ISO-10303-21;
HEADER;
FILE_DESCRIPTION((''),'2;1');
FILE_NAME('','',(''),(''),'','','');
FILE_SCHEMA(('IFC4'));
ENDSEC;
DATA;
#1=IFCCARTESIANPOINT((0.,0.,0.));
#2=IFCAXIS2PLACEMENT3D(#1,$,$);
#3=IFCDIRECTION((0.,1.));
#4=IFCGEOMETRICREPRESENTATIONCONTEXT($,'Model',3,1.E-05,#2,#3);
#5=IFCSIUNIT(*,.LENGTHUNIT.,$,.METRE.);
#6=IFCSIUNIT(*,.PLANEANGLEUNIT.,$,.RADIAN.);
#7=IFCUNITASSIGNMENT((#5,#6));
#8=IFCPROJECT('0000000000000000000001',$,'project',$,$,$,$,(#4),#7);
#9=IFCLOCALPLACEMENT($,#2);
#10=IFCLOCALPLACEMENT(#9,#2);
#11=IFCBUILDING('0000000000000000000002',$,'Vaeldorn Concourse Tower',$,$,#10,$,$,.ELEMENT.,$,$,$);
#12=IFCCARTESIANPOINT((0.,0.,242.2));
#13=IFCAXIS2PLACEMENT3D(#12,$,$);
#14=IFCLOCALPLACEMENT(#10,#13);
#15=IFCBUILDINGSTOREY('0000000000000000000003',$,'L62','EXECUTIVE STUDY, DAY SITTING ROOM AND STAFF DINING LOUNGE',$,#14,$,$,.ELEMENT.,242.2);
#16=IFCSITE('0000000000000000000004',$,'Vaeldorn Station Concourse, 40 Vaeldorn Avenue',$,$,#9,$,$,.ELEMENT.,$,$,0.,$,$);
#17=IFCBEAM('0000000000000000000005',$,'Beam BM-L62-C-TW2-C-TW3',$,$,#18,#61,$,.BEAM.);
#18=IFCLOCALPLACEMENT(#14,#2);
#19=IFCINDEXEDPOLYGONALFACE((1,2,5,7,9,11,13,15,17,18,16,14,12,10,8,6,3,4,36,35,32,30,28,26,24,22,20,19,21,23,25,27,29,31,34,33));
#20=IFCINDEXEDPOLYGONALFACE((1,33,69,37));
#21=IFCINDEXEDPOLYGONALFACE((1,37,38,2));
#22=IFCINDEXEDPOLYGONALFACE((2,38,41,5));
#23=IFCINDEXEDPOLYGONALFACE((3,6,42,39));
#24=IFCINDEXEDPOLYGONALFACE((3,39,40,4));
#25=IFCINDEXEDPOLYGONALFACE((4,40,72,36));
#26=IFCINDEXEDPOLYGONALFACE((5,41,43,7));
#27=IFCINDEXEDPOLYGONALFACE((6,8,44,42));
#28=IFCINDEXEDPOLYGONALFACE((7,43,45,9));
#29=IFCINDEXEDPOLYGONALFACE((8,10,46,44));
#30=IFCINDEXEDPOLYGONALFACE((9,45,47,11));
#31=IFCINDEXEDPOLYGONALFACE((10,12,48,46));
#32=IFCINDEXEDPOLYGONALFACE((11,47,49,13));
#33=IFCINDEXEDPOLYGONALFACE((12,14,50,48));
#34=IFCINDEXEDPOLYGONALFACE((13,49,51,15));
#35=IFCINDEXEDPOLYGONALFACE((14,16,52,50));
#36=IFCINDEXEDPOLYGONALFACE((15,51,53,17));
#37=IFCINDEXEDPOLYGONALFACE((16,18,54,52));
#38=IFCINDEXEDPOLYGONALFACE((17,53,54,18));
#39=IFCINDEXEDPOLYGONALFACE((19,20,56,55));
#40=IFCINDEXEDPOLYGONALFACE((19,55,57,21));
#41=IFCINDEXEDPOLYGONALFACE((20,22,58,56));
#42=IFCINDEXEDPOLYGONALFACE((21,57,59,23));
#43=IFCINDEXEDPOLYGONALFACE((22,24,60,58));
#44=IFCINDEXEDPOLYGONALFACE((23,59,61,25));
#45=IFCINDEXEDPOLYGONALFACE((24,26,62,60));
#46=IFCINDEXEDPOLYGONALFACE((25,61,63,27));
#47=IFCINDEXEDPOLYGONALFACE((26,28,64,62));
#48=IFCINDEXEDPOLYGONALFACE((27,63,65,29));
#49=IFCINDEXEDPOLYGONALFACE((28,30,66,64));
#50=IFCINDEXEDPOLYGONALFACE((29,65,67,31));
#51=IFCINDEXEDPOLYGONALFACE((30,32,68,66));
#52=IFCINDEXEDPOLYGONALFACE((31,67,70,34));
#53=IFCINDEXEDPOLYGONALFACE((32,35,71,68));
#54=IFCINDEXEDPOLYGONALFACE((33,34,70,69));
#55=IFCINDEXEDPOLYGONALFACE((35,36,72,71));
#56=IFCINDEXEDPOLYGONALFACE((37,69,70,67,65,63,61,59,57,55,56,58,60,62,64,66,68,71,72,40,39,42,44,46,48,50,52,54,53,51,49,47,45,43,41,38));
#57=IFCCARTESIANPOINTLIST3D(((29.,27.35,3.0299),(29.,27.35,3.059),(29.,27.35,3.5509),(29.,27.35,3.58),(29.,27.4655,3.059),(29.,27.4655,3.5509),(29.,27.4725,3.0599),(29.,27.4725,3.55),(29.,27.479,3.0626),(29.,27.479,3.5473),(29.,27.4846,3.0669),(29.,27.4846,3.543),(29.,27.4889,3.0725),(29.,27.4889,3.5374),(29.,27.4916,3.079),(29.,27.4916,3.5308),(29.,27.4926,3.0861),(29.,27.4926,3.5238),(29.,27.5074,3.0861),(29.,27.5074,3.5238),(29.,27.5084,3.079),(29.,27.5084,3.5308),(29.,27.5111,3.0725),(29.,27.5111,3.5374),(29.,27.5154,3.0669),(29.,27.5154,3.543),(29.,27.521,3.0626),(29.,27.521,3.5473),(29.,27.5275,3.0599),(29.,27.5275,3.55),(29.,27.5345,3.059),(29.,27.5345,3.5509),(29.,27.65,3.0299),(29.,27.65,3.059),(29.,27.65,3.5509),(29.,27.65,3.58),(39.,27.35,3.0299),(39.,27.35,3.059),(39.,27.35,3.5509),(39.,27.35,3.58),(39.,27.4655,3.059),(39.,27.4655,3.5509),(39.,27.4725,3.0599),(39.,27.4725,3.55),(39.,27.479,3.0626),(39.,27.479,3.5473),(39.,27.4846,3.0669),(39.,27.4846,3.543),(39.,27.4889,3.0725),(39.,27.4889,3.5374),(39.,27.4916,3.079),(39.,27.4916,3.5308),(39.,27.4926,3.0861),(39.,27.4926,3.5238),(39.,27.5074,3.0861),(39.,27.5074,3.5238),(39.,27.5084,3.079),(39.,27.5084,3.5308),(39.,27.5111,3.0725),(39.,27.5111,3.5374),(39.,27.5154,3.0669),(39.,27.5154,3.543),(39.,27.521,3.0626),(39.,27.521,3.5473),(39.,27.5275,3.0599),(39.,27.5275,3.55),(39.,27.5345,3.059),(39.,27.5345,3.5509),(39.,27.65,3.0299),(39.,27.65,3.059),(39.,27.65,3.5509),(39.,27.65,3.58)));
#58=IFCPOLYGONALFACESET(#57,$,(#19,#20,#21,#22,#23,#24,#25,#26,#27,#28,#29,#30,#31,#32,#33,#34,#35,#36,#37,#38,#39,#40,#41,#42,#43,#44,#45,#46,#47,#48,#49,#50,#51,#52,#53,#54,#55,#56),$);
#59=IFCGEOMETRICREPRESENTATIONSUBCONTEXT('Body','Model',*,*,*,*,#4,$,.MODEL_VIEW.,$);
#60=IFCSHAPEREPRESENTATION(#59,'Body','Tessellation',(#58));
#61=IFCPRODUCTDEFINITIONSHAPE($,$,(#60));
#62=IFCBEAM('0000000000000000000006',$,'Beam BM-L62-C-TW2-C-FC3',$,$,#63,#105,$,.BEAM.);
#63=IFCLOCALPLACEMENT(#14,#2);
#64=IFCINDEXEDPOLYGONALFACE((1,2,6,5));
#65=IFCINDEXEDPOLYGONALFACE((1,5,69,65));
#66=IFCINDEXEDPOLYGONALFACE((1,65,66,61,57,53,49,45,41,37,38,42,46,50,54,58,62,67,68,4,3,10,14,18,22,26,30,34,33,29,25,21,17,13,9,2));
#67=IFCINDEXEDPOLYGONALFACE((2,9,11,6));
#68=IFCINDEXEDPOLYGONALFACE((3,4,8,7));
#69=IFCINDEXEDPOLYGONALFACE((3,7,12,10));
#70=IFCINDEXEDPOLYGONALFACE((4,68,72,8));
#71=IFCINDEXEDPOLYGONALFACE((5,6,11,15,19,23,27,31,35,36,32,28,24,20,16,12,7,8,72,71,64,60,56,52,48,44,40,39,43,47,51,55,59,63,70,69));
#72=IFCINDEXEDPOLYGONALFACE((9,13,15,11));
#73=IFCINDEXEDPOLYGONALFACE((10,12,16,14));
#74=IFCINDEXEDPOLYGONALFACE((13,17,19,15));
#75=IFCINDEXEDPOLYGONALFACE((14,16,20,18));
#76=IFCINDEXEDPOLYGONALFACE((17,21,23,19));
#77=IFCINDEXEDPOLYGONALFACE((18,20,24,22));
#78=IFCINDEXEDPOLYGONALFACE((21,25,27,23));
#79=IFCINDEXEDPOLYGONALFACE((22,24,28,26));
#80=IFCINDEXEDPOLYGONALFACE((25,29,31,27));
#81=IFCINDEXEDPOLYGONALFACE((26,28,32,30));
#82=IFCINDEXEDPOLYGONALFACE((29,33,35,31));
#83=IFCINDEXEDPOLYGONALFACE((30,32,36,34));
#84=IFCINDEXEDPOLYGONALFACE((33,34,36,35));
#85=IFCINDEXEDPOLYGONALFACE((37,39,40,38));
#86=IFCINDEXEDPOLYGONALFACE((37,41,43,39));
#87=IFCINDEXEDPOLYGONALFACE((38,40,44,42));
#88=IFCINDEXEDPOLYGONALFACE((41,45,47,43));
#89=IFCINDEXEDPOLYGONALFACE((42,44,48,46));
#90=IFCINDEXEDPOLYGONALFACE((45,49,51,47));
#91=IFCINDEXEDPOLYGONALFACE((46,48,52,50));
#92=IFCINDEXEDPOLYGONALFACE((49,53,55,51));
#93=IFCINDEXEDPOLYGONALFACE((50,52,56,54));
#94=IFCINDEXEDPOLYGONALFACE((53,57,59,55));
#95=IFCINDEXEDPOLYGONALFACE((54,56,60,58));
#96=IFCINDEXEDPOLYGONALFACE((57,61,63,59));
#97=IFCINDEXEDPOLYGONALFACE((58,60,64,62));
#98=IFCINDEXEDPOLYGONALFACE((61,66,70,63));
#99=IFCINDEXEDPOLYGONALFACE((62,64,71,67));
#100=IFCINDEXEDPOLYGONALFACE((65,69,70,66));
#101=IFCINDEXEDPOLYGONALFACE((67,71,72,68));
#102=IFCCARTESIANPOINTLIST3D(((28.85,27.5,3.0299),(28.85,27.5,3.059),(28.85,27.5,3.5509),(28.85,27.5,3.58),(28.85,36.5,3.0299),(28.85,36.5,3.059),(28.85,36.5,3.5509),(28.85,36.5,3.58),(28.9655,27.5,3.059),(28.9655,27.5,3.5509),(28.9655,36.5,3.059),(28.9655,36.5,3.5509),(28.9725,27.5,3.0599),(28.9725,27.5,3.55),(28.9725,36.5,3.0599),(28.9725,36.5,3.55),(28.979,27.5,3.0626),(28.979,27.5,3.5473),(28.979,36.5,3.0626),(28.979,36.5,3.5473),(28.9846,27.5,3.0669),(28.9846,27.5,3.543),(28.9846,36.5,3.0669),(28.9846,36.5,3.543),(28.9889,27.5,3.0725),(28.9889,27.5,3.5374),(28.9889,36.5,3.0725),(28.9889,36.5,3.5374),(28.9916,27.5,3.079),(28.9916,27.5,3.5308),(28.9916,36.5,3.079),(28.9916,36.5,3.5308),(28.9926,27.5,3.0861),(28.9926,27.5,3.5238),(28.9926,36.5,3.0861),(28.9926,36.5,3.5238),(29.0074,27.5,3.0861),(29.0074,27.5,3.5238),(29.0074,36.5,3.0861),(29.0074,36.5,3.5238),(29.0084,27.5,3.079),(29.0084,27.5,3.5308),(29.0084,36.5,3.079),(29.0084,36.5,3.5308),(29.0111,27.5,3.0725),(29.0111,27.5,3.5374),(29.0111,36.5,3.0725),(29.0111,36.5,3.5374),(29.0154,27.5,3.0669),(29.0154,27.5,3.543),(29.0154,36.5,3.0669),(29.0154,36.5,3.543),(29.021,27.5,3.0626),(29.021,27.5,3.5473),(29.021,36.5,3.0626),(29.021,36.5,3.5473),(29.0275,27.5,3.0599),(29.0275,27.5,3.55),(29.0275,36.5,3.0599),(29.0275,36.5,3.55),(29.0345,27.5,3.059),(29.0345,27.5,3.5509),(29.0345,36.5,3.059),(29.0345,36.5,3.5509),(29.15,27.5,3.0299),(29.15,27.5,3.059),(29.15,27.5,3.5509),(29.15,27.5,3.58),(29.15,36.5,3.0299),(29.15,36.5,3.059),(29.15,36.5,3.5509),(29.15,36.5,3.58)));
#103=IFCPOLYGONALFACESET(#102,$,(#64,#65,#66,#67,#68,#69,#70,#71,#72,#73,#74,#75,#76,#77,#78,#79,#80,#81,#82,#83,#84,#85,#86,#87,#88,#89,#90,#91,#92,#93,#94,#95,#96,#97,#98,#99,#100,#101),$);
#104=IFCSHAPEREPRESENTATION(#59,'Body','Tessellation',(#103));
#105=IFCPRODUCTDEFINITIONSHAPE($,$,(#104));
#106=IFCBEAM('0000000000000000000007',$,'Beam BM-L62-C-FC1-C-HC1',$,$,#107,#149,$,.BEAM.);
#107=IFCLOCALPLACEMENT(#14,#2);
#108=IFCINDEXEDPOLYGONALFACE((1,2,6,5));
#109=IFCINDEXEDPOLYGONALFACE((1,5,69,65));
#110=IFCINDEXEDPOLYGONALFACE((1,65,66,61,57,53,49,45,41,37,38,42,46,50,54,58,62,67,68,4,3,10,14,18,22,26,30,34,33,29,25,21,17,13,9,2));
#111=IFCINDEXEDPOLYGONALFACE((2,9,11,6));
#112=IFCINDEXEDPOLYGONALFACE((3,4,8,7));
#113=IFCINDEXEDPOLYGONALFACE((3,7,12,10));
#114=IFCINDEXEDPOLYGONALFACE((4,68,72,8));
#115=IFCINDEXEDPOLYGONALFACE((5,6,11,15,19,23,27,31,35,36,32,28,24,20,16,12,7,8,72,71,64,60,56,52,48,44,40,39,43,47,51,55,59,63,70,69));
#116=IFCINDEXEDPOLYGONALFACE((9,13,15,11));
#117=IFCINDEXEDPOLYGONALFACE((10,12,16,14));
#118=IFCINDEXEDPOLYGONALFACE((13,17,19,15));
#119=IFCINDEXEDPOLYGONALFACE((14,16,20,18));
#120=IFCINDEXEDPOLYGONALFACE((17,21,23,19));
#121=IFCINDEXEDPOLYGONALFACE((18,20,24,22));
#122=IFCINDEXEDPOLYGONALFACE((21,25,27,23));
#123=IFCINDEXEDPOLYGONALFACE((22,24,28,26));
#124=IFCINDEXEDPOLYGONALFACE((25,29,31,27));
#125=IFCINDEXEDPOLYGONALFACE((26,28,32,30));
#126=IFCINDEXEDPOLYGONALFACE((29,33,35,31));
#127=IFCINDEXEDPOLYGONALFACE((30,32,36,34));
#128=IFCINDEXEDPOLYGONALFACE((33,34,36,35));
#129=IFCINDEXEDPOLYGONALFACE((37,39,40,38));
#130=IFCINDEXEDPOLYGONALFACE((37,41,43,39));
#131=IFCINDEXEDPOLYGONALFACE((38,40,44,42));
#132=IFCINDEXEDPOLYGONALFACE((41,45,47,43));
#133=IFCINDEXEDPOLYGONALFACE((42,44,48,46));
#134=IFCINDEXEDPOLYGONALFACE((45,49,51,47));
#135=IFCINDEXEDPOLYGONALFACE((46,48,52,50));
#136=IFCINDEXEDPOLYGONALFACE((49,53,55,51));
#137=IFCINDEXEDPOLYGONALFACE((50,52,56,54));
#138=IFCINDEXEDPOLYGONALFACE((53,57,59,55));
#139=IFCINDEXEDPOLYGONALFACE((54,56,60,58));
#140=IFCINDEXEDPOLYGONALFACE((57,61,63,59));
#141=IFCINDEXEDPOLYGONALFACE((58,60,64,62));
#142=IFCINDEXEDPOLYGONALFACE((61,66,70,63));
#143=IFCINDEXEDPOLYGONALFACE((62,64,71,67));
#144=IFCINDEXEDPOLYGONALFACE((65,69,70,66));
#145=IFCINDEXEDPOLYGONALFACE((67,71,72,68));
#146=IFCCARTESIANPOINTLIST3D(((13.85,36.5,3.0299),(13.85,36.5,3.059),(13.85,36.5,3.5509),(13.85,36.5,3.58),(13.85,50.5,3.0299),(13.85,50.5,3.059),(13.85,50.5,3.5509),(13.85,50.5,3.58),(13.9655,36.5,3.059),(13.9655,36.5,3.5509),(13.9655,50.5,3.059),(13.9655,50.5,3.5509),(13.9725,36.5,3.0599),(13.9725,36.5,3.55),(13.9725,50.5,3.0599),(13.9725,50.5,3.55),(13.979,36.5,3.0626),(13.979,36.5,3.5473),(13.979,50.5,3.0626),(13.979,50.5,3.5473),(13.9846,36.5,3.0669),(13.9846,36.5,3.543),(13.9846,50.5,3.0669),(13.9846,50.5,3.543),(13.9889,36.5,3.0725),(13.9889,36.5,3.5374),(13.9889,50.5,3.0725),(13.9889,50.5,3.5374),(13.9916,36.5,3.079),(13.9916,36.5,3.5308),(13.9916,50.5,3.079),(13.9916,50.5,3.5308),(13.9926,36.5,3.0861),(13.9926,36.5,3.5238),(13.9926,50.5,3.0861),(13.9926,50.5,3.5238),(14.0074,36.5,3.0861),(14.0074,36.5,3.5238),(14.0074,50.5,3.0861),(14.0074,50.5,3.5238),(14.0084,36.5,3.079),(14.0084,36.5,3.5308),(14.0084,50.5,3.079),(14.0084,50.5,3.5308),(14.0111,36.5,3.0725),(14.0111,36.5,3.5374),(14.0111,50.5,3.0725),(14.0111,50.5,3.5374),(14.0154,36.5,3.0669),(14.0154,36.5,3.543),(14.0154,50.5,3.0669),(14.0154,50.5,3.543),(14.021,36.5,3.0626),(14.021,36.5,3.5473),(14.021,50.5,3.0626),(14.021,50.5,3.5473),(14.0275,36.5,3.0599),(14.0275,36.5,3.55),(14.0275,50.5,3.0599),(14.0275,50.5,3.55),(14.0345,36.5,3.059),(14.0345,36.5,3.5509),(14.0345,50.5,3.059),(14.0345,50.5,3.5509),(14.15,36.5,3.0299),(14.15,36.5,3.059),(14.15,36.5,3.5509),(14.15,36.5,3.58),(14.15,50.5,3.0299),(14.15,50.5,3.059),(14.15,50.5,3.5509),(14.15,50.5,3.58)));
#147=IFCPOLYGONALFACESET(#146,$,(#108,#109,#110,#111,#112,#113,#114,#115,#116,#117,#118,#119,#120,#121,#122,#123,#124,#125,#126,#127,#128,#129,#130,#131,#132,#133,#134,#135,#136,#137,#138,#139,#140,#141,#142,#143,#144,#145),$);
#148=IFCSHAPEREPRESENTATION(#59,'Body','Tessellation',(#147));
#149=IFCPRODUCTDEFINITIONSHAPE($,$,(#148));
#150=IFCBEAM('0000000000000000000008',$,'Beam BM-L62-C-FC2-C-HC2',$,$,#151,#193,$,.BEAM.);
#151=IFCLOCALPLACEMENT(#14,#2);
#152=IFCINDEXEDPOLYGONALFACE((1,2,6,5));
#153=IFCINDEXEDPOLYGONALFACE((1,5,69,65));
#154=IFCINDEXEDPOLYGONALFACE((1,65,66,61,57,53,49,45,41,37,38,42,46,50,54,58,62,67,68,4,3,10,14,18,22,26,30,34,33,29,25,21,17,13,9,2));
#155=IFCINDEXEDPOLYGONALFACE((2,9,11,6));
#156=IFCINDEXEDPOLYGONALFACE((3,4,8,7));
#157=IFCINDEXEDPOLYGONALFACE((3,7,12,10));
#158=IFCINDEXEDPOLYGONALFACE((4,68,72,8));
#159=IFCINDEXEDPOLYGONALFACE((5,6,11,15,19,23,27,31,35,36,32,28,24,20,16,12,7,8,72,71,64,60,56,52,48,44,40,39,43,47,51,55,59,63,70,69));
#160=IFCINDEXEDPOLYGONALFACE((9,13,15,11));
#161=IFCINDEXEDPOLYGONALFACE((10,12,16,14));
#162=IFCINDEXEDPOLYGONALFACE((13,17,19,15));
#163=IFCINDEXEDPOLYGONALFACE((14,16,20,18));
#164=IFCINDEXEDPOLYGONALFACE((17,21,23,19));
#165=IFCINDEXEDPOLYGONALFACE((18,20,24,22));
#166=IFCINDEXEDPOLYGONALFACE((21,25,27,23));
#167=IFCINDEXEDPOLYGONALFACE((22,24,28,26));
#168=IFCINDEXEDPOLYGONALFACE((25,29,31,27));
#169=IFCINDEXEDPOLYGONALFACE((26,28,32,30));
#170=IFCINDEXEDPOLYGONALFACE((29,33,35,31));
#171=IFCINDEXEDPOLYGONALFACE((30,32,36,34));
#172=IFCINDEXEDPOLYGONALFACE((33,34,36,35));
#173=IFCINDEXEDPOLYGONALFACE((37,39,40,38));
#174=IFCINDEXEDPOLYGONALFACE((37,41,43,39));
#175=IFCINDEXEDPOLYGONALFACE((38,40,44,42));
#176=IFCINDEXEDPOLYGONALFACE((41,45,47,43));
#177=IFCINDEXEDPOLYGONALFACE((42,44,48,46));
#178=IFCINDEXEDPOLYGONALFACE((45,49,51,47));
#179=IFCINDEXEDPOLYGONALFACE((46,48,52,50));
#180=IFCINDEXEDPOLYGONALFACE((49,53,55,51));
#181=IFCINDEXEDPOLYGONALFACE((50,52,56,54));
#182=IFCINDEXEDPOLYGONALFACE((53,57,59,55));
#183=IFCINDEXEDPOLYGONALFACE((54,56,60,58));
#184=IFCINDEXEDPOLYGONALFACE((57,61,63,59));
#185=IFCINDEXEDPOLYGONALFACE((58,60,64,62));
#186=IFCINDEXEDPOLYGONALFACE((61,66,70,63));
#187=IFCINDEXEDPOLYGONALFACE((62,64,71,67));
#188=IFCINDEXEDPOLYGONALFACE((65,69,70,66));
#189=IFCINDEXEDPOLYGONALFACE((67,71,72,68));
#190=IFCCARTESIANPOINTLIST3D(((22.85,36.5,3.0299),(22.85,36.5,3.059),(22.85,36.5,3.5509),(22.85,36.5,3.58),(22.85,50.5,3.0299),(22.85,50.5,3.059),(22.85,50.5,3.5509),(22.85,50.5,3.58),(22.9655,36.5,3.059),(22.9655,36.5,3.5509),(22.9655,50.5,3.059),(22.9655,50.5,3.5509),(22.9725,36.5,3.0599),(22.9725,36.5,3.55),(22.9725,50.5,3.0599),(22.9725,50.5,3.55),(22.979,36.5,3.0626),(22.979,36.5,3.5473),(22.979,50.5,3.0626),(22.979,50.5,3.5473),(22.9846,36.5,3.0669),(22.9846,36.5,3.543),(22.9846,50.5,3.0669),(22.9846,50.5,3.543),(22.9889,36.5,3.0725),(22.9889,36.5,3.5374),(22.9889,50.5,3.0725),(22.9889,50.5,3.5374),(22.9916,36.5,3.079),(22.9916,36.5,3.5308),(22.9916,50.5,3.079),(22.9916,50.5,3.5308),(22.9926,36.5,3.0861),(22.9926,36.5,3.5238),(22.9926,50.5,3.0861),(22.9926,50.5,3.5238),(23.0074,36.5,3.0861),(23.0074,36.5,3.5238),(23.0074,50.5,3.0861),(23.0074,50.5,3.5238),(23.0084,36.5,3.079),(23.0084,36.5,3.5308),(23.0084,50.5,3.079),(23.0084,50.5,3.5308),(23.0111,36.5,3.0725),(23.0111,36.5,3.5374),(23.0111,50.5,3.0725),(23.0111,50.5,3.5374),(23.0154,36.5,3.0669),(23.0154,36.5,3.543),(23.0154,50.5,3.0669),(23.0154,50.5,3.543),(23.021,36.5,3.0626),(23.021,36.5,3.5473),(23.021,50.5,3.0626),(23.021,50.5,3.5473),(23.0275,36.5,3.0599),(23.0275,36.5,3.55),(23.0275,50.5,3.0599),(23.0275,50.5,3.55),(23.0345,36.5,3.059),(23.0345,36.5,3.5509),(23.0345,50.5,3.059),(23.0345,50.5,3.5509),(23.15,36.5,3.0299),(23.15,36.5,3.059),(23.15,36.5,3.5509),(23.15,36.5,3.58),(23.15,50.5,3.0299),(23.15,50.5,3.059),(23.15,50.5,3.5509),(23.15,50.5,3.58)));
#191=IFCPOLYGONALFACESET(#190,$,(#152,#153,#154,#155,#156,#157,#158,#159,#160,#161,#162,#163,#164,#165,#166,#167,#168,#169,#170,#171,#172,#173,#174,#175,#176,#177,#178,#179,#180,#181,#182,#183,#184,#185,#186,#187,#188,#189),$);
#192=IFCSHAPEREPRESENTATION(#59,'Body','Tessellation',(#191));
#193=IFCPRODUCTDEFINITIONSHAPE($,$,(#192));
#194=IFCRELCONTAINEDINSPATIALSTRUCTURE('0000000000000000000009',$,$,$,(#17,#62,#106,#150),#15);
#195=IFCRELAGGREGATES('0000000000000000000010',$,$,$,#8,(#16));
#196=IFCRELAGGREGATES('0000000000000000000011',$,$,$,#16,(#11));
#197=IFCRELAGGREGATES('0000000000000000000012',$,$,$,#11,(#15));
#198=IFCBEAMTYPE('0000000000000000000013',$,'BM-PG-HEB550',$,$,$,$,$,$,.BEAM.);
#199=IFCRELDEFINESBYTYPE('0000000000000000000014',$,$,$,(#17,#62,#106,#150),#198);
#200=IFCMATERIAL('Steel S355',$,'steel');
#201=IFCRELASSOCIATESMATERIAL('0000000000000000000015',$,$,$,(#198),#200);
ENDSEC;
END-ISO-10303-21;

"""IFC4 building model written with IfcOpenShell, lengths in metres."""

from ifc_helpers import new_model, si_unit, direction, frame, origin, origin_2d, place, context, subcontext, project, spatial, i_section, extrude, source, transform, mapped, material, material_profile, profile_set, type_object, element, save


model = new_model("IFC4")

# Units and contexts
model_context = context("Model", 3, precision=1e-05, world=origin(), true_north=direction((0.0, 1.0)))
body_context = subcontext(model_context, "Body", "Model", "MODEL_VIEW")
ifc_project = project(units=[si_unit("LENGTHUNIT", "METRE"), si_unit("PLANEANGLEUNIT", "RADIAN")], contexts=[model_context])

# Site, building, storey
site_placement = place(None, origin())
site = spatial("IfcSite", under=ifc_project, at=site_placement, Name="Vaeldorn Station Concourse, 40 Vaeldorn Avenue", CompositionType="ELEMENT", RefElevation=0.0)
building_placement = place(site_placement, origin())
building = spatial("IfcBuilding", under=site, at=building_placement, Name="Vaeldorn Concourse Tower", CompositionType="ELEMENT")
storey_placement = place(building_placement, frame((0.0, 0.0, 242.2)))
storey = spatial("IfcBuildingStorey", under=building, at=storey_placement, Name="L62", Description="EXECUTIVE STUDY, DAY SITTING ROOM AND STAFF DINING LOUNGE", CompositionType="ELEMENT", Elevation=242.2)

# Shared definitions
ifc_material_1 = material(Name="Steel S355", Category="steel")

# Beams
ifc_material_profile_1 = material_profile(ifc_material_1, i_section(OverallWidth=0.3, OverallDepth=0.55, WebThickness=0.0149, FlangeThickness=0.0291, FilletRadius=0.0271, at=origin_2d()), Name="HEB 550")
ifc_profile_set_1 = profile_set([ifc_material_profile_1], Name="Steel S355")
beam_type_1 = type_object("IfcBeamType", Name="BM-PG-HEB550", PredefinedType="BEAM", material=ifc_profile_set_1)
shared_shape_1 = source(origin(), body_context, "Body", "SweptSolid", [
    extrude(i_section(OverallWidth=0.3, OverallDepth=0.55, WebThickness=0.0149, FlangeThickness=0.0291, FilletRadius=0.0271, at=origin_2d()), origin(), (0.0, 0.0, 1.0), 10.0),
])
for number, where, z_axis, x_axis, name in (
    (1, (29.0, 27.5, 3.3049), (1.0, 0.0, 0.0), (0.0, 1.0, 0.0), "Beam BM-L62-C-TW2-C-TW3"),
):
    element("IfcBeam", number, at=place(storey_placement, frame(where, z_axis=z_axis, x_axis=x_axis)), inside=storey, type_object=beam_type_1, Name=name, PredefinedType="BEAM", context=body_context, shape_type="MappedRepresentation", body=[
        mapped(shared_shape_1, transform((0.0, 0.0, 0.0), scale=1.0)),
    ])
shared_shape_2 = source(origin(), body_context, "Body", "SweptSolid", [
    extrude(i_section(OverallWidth=0.3, OverallDepth=0.55, WebThickness=0.0149, FlangeThickness=0.0291, FilletRadius=0.0271, at=origin_2d()), origin(), (0.0, 0.0, 1.0), 9.0),
])
beam_1_placement = place(storey_placement, frame((29.0, 27.5, 3.3049), z_axis=(0.0, 1.0, 0.0), x_axis=(-1.0, 0.0, 0.0)))
element("IfcBeam", 2, at=beam_1_placement, inside=storey, type_object=beam_type_1, Name="Beam BM-L62-C-TW2-C-FC3", PredefinedType="BEAM", context=body_context, shape_type="MappedRepresentation", body=[
    mapped(shared_shape_2, transform((0.0, 0.0, 0.0), scale=1.0)),
])
shared_shape_3 = source(origin(), body_context, "Body", "SweptSolid", [
    extrude(i_section(OverallWidth=0.3, OverallDepth=0.55, WebThickness=0.0149, FlangeThickness=0.0291, FilletRadius=0.0271, at=origin_2d()), origin(), (0.0, 0.0, 1.0), 14.0),
])
for number, where, z_axis, x_axis, name in (
    (3, (14.0, 36.5, 3.3049), (0.0, 1.0, 0.0), (-1.0, 0.0, 0.0), "Beam BM-L62-C-FC1-C-HC1"),
    (4, (23.0, 36.5, 3.3049), (0.0, 1.0, 0.0), (-1.0, 0.0, 0.0), "Beam BM-L62-C-FC2-C-HC2"),
):
    element("IfcBeam", number, at=place(storey_placement, frame(where, z_axis=z_axis, x_axis=x_axis)), inside=storey, type_object=beam_type_1, Name=name, PredefinedType="BEAM", context=body_context, shape_type="MappedRepresentation", body=[
        mapped(shared_shape_3, transform((0.0, 0.0, 0.0), scale=1.0)),
    ])

save(model, "model.ifc")
